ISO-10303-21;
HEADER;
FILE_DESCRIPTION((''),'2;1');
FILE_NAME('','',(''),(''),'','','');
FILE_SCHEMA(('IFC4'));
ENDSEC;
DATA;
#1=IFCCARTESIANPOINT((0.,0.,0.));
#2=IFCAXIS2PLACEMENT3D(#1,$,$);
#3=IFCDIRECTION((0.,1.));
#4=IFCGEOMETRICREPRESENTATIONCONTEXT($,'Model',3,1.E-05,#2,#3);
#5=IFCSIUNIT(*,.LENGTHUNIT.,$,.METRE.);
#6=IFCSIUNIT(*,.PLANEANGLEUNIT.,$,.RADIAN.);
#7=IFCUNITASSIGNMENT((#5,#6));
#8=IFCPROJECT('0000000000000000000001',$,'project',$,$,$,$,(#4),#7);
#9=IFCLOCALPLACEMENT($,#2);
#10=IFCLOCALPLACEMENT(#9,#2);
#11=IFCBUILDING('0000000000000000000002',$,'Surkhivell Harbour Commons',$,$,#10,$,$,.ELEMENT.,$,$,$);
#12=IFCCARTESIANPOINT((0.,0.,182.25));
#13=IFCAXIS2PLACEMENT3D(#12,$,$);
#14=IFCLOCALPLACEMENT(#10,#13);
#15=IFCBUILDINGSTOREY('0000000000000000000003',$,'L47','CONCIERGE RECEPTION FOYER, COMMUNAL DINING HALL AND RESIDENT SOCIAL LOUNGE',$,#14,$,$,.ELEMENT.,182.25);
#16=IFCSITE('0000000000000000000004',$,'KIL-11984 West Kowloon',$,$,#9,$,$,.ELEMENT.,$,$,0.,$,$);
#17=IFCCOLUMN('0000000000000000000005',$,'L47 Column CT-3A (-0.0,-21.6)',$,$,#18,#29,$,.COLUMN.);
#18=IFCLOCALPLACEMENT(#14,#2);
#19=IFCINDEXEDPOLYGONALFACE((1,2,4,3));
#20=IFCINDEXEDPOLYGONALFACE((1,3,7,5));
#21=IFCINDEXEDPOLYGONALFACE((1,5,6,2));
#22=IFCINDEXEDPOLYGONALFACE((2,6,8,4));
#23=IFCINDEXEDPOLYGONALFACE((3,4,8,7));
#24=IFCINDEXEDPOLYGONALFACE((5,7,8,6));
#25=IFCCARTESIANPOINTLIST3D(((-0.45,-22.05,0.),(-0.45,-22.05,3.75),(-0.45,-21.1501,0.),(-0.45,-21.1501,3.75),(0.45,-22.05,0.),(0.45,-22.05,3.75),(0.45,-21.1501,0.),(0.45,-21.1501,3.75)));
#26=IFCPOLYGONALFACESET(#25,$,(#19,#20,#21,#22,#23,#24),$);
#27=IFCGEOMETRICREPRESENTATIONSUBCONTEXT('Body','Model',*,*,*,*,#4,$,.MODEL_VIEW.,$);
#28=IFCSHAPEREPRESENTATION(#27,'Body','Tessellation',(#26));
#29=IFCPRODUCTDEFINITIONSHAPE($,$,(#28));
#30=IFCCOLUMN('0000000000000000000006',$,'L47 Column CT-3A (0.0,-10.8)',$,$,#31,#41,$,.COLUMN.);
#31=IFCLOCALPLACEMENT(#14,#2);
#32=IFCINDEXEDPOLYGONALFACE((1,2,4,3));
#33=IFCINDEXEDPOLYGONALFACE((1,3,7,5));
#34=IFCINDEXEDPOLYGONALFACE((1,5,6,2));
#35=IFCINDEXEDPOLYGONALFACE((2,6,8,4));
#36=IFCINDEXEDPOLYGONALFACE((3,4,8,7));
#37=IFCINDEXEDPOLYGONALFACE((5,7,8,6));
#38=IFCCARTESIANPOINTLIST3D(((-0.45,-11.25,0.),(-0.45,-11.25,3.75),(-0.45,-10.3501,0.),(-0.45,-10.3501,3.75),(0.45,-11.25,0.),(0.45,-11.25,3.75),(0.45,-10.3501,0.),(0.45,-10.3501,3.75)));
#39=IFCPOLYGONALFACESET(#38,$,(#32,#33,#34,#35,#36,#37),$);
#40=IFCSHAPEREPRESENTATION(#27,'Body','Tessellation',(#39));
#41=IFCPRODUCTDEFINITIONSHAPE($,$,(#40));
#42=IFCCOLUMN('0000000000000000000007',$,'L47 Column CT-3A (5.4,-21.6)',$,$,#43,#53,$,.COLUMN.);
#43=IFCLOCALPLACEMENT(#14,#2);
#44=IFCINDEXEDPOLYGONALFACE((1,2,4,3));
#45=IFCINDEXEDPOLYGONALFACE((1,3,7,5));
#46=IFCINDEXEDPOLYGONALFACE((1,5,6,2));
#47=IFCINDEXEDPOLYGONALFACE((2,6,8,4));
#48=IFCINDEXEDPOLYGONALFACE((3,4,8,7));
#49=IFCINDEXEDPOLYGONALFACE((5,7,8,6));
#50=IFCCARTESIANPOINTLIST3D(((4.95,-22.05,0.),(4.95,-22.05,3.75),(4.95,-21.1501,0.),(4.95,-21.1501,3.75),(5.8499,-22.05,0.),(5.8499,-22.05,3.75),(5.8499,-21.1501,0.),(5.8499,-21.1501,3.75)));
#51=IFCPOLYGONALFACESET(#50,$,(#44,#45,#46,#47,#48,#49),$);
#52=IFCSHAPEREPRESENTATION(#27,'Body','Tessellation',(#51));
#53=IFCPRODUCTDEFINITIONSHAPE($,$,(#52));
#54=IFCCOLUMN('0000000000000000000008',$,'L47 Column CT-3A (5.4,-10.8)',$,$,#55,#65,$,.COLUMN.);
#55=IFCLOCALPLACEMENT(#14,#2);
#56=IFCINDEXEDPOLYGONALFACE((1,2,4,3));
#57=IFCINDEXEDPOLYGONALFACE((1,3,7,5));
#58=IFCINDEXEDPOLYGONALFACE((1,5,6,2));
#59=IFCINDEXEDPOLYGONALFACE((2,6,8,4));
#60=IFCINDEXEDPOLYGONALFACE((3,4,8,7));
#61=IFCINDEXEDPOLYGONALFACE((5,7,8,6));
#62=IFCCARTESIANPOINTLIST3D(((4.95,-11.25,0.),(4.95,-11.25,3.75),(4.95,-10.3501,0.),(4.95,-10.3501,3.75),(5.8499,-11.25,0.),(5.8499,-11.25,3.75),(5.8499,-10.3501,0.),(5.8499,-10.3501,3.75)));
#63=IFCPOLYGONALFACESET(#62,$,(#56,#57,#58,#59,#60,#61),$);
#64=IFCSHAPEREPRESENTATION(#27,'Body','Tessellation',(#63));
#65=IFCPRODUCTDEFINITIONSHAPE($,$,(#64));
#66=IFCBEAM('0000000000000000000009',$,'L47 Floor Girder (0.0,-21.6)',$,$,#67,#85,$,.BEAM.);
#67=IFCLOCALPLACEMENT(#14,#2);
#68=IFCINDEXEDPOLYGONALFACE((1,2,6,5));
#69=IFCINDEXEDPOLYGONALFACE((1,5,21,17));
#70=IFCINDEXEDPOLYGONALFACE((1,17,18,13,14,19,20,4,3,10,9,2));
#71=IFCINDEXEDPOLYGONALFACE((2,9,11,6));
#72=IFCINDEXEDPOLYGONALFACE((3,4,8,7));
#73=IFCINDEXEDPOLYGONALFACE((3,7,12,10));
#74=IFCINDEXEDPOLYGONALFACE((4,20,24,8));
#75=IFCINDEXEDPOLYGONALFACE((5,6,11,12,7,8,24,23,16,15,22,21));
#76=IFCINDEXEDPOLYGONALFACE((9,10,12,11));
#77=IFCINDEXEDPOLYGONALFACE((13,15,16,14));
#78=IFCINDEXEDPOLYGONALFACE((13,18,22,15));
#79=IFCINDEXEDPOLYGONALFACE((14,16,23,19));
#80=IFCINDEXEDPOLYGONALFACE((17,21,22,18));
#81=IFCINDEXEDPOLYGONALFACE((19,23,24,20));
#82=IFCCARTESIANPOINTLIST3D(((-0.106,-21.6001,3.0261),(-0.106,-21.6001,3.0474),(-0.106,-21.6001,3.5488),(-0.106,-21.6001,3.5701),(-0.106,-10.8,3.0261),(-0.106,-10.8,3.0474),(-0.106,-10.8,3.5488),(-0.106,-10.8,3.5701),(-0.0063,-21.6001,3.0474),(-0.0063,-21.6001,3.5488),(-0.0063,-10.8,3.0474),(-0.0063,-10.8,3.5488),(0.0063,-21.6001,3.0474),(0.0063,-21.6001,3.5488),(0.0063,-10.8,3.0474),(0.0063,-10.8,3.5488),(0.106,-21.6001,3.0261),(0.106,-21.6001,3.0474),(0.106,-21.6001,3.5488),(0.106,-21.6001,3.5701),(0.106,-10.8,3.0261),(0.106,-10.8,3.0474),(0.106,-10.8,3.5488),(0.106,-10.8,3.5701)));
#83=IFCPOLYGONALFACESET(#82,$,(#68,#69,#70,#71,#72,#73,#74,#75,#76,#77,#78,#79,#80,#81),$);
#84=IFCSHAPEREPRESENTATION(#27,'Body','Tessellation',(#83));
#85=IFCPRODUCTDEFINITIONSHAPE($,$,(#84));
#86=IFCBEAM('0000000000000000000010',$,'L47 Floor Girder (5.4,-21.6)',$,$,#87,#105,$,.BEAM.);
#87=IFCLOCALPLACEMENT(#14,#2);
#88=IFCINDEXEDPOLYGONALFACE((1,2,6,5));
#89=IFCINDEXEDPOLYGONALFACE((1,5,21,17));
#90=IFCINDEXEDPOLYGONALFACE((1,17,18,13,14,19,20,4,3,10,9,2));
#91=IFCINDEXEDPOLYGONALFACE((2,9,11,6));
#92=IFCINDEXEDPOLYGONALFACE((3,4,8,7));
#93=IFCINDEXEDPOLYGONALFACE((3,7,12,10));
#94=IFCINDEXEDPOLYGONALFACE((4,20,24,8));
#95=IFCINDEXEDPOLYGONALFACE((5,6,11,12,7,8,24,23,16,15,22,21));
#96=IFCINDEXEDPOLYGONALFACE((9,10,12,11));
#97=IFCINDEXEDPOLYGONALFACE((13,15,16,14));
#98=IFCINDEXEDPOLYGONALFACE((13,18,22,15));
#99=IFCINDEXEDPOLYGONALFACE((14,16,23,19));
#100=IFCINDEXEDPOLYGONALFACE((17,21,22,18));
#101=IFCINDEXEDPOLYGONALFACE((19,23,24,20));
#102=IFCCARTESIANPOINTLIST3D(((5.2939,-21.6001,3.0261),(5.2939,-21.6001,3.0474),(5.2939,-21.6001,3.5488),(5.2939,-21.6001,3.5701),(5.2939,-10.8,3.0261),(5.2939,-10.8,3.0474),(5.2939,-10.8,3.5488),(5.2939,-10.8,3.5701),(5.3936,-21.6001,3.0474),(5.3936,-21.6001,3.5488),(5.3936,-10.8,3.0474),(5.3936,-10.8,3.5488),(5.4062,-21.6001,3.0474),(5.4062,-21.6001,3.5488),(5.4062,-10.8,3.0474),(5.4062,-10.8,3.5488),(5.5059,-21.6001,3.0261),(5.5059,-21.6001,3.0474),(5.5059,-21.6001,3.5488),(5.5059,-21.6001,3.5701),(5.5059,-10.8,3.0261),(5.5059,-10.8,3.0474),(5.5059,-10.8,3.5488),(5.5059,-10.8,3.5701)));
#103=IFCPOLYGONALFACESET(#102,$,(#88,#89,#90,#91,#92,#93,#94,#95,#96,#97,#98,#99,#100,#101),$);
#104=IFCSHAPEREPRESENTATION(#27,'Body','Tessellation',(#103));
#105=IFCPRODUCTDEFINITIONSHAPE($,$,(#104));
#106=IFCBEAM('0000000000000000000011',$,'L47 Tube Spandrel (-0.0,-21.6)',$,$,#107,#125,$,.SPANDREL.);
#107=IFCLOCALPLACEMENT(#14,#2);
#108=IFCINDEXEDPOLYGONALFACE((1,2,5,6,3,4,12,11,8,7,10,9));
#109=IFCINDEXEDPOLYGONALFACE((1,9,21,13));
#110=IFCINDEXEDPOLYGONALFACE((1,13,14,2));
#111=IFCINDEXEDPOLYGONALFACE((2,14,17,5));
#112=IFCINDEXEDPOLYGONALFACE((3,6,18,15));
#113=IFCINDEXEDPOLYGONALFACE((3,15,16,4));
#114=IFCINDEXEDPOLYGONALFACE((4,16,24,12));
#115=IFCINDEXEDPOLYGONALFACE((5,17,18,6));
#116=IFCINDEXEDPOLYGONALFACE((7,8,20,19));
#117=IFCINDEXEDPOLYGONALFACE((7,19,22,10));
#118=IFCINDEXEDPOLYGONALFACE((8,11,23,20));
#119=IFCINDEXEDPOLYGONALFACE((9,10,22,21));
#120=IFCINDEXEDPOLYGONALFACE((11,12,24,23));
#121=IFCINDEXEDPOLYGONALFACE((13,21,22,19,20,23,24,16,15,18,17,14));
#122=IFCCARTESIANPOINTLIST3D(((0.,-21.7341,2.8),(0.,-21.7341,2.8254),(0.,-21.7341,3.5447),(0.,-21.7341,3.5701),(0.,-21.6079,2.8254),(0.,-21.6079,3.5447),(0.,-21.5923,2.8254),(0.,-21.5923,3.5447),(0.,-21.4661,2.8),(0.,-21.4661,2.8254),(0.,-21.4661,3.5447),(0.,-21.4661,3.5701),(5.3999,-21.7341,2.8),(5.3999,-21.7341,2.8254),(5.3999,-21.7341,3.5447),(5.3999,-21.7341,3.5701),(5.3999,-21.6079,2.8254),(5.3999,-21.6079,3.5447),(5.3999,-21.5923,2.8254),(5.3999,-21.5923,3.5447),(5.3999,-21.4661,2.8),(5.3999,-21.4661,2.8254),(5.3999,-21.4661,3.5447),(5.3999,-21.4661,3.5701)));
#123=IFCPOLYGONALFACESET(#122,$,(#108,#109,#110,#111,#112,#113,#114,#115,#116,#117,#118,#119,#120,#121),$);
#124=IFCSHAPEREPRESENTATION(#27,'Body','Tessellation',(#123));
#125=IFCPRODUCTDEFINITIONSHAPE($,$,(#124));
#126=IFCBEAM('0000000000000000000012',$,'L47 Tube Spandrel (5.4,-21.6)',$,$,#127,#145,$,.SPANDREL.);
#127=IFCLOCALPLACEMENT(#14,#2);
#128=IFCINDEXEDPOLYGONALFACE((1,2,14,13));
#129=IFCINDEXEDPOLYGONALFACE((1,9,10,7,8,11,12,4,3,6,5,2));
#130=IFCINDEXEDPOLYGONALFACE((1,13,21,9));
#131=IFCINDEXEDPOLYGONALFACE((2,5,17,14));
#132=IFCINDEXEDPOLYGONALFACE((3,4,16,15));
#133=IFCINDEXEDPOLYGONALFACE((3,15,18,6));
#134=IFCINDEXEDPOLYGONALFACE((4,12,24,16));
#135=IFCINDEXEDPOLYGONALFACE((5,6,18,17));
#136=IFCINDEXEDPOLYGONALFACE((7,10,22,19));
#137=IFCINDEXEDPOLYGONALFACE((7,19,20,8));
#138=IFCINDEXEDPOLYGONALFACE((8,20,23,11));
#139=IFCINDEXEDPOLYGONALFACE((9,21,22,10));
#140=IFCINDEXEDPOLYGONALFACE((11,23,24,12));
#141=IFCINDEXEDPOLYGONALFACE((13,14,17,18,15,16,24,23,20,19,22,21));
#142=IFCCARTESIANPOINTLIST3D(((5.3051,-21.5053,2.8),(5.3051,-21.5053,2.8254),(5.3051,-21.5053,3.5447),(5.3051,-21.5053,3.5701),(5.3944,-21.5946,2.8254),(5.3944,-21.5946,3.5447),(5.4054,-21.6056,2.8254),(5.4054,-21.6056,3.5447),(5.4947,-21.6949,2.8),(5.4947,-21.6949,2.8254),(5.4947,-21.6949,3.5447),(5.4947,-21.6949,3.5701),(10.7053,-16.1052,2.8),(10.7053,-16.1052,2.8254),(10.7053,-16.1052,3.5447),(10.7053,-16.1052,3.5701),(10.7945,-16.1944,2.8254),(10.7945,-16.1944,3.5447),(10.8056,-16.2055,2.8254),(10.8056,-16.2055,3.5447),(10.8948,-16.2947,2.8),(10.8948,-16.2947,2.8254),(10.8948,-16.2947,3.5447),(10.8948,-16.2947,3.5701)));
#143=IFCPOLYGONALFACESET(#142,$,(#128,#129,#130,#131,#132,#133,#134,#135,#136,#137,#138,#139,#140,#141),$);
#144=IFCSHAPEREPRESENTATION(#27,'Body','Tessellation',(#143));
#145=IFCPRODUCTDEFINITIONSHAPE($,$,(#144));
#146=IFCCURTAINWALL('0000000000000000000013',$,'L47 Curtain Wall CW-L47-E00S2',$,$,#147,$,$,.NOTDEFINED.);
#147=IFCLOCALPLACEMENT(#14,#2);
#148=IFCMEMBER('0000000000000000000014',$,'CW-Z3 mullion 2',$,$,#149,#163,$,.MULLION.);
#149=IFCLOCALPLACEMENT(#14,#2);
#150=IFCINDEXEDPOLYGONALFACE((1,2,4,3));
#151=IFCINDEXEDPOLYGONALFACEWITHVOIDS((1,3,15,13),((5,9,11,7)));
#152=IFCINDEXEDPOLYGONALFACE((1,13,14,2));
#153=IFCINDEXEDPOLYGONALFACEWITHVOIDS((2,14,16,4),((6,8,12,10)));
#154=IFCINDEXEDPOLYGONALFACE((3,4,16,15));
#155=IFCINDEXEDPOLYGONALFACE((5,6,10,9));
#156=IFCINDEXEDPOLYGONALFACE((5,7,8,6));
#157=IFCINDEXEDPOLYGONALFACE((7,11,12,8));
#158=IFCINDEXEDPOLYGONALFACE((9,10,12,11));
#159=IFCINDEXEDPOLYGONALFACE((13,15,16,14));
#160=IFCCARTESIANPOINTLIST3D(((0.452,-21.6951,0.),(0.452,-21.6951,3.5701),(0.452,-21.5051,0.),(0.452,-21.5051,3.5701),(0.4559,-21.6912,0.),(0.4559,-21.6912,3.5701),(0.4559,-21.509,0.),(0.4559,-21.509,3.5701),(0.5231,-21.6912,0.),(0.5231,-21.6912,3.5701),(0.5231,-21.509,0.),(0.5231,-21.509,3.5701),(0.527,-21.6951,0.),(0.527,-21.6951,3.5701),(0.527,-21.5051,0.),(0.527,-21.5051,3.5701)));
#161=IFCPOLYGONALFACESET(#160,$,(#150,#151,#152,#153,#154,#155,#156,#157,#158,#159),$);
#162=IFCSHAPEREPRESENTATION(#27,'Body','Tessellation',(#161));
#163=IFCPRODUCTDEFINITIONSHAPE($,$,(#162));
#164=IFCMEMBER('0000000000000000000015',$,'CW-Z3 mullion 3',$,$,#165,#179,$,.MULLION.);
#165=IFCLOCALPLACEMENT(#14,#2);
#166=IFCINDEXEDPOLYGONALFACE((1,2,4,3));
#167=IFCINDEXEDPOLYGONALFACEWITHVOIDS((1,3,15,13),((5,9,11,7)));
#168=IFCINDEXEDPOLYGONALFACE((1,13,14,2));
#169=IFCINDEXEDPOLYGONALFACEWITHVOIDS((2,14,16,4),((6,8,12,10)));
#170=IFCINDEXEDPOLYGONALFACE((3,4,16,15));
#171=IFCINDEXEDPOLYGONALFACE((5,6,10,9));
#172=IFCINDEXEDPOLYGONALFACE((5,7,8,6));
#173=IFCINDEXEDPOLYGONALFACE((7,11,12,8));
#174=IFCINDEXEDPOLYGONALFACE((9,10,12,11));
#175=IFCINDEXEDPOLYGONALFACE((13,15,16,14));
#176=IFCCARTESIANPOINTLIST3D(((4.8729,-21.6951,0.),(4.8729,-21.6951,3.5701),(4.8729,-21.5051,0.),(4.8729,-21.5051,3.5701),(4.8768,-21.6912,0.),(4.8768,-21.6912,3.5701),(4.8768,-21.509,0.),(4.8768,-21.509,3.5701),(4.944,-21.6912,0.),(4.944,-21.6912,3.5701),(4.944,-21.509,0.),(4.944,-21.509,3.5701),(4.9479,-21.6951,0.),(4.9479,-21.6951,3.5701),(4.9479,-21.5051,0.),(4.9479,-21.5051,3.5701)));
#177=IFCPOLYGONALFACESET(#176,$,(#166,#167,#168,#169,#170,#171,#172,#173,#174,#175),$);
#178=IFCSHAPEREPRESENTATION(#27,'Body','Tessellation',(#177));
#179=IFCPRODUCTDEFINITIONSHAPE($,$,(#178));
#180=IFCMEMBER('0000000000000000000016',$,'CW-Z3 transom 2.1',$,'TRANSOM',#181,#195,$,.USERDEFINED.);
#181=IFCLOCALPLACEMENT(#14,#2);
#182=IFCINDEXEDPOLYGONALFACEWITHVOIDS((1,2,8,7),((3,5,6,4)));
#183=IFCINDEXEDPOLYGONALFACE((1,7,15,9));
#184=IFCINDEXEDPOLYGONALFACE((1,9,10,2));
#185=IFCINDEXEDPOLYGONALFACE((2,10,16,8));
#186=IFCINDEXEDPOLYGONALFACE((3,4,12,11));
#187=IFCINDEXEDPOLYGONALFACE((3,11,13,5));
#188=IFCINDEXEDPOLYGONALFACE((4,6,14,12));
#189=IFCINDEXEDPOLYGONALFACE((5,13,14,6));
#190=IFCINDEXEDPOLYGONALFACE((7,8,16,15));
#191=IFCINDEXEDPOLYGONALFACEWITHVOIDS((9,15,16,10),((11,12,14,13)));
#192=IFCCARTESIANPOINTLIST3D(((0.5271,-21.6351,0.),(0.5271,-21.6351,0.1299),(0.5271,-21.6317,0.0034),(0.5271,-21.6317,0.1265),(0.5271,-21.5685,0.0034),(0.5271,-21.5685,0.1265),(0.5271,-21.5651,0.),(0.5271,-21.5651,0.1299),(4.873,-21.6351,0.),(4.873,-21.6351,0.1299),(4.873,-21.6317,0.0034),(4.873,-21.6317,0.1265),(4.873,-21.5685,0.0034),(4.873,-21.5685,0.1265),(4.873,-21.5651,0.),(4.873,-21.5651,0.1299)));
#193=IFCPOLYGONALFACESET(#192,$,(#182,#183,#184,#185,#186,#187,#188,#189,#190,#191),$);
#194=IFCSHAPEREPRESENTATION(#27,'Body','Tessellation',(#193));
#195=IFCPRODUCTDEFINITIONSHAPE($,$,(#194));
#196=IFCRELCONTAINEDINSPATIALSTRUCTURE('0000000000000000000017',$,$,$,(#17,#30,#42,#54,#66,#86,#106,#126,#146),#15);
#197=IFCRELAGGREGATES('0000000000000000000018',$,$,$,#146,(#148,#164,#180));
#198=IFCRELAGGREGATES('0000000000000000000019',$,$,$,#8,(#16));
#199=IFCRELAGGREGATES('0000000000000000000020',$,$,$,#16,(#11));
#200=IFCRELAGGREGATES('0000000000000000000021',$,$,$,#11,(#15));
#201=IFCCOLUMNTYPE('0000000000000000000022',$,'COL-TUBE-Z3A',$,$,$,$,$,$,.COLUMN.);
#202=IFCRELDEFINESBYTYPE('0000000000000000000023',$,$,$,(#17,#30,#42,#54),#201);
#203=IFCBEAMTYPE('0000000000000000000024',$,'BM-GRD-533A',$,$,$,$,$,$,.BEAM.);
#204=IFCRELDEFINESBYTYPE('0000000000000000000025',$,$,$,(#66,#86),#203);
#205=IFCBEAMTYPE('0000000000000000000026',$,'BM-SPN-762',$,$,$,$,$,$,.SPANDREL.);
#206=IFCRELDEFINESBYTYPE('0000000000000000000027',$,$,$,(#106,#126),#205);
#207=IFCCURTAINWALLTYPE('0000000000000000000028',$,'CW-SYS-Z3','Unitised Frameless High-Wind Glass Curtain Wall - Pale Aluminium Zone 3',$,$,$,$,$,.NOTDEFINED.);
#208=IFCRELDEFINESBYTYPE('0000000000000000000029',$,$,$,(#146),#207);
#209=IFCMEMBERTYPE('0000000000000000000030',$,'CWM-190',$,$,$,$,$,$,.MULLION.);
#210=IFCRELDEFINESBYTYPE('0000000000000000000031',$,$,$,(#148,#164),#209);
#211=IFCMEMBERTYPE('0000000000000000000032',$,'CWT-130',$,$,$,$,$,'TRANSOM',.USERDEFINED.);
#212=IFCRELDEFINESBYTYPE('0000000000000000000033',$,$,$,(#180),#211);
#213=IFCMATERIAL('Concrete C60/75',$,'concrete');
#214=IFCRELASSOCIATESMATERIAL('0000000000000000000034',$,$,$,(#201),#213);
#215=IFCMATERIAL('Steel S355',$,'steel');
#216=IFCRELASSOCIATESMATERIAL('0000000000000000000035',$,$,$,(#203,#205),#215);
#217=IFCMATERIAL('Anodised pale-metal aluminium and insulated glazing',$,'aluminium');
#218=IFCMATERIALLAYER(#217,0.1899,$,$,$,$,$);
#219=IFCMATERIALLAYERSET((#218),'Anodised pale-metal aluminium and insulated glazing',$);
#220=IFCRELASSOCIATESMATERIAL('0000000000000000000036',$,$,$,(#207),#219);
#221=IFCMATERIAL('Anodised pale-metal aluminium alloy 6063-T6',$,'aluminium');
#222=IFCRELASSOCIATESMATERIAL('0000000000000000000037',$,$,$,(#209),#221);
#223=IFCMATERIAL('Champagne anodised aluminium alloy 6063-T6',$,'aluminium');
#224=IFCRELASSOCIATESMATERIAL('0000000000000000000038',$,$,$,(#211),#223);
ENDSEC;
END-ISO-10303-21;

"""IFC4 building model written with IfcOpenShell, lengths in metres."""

from ifc_helpers import new_model, si_unit, direction, frame, origin, origin_2d, place, context, subcontext, project, spatial, rectangle, hollow_rectangle, i_section, extrude, material, layer, layer_set, material_profile, profile_set, type_object, element, aggregate, save


model = new_model("IFC4")

# Units and contexts
model_context = context("Model", 3, precision=1e-05, world=origin(), true_north=direction((0.0, 1.0)))
body_context = subcontext(model_context, "Body", "Model", "MODEL_VIEW")
ifc_project = project(units=[si_unit("LENGTHUNIT", "METRE"), si_unit("PLANEANGLEUNIT", "RADIAN")], contexts=[model_context])

# Site, building, storey
site_placement = place(None, origin())
site = spatial("IfcSite", under=ifc_project, at=site_placement, Name="KIL-11984 West Kowloon", CompositionType="ELEMENT", RefElevation=0.0)
building_placement = place(site_placement, origin())
building = spatial("IfcBuilding", under=site, at=building_placement, Name="Surkhivell Harbour Commons", CompositionType="ELEMENT")
storey_placement = place(building_placement, frame((0.0, 0.0, 182.25)))
storey = spatial("IfcBuildingStorey", under=building, at=storey_placement, Name="L47", Description="CONCIERGE RECEPTION FOYER, COMMUNAL DINING HALL AND RESIDENT SOCIAL LOUNGE", CompositionType="ELEMENT", Elevation=182.25)

# Columns
ifc_material_1 = material(Name="Concrete C60/75", Category="concrete")
ifc_material_profile_1 = material_profile(ifc_material_1, rectangle(XDim=0.8999, YDim=0.8999, at=origin_2d()), Name="RC-COL-900x900")
ifc_profile_set_1 = profile_set([ifc_material_profile_1], Name="Concrete C60/75")
column_type = type_object("IfcColumnType", Name="COL-TUBE-Z3A", PredefinedType="COLUMN", material=ifc_profile_set_1)
for number, where, z_axis, x_axis, name in (
    (1, (0.0, -21.6001, 0.0), (0.0, 0.0, 1.0), (1.0, 0.0, 0.0), "L47 Column CT-3A (-0.0,-21.6)"),
    (2, (0.0, -10.8, 0.0), (0.0, 0.0, 1.0), (1.0, 0.0, 0.0), "L47 Column CT-3A (0.0,-10.8)"),
    (3, (5.3999, -21.6001, 0.0), (0.0, 0.0, 1.0), (1.0, 0.0, 0.0), "L47 Column CT-3A (5.4,-21.6)"),
    (4, (5.3999, -10.8, 0.0), (0.0, 0.0, 1.0), (1.0, 0.0, 0.0), "L47 Column CT-3A (5.4,-10.8)"),
):
    element("IfcColumn", number, at=place(storey_placement, frame(where, z_axis=z_axis, x_axis=x_axis)), inside=storey, type_object=column_type, Name=name, PredefinedType="COLUMN", context=body_context, shape_type="SweptSolid", body=[
        extrude(rectangle(XDim=0.8999, YDim=0.8999, at=origin_2d()), origin(), (0.0, 0.0, 1.0), 3.75),
    ])

# Beams
ifc_material_2 = material(Name="Steel S355", Category="steel")
ifc_material_profile_2 = material_profile(ifc_material_2, i_section(OverallWidth=0.2119, OverallDepth=0.5439, WebThickness=0.0127, FlangeThickness=0.0212, at=origin_2d()), Name="UB533x210x122")
ifc_profile_set_2 = profile_set([ifc_material_profile_2], Name="Steel S355")
beam_type_1 = type_object("IfcBeamType", Name="BM-GRD-533A", PredefinedType="BEAM", material=ifc_profile_set_2)
for number, where, z_axis, x_axis, name in (
    (5, (0.0, -21.6001, 3.2981), (0.0, 1.0, 0.0), (-1.0, 0.0, 0.0), "L47 Floor Girder (0.0,-21.6)"),
    (6, (5.3999, -21.6001, 3.2981), (0.0, 1.0, 0.0), (-1.0, 0.0, 0.0), "L47 Floor Girder (5.4,-21.6)"),
):
    element("IfcBeam", number, at=place(storey_placement, frame(where, z_axis=z_axis, x_axis=x_axis)), inside=storey, type_object=beam_type_1, Name=name, PredefinedType="BEAM", context=body_context, shape_type="SweptSolid", body=[
        extrude(i_section(OverallWidth=0.2119, OverallDepth=0.5439, WebThickness=0.0127, FlangeThickness=0.0212, at=origin_2d()), origin(), (0.0, 0.0, 1.0), 10.8),
    ])
ifc_material_profile_3 = material_profile(ifc_material_2, i_section(OverallWidth=0.2681, OverallDepth=0.77, WebThickness=0.0156, FlangeThickness=0.0254, at=origin_2d()), Name="UB762x267x197")
ifc_profile_set_3 = profile_set([ifc_material_profile_3], Name="Steel S355")
beam_type_2 = type_object("IfcBeamType", Name="BM-SPN-762", PredefinedType="SPANDREL", material=ifc_profile_set_3)
beam_1_placement = place(storey_placement, frame((0.0, -21.6001, 3.1851), z_axis=(1.0, 0.0, 0.0), x_axis=(0.0, 1.0, 0.0)))
element("IfcBeam", 7, at=beam_1_placement, inside=storey, type_object=beam_type_2, Name="L47 Tube Spandrel (-0.0,-21.6)", PredefinedType="SPANDREL", context=body_context, shape_type="SweptSolid", body=[
    extrude(i_section(OverallWidth=0.2681, OverallDepth=0.77, WebThickness=0.0156, FlangeThickness=0.0254, at=origin_2d()), origin(), (0.0, 0.0, 1.0), 5.3999),
])
beam_2_placement = place(storey_placement, frame((5.3999, -21.6001, 3.1851), z_axis=(0.707107, 0.707107, 0.0), x_axis=(-0.707107, 0.707107, 0.0)))
element("IfcBeam", 8, at=beam_2_placement, inside=storey, type_object=beam_type_2, Name="L47 Tube Spandrel (5.4,-21.6)", PredefinedType="SPANDREL", context=body_context, shape_type="SweptSolid", body=[
    extrude(i_section(OverallWidth=0.2681, OverallDepth=0.77, WebThickness=0.0156, FlangeThickness=0.0254, at=origin_2d()), origin(), (0.0, 0.0, 1.0), 7.637),
])

# Curtain wall, members
ifc_material_3 = material(Name="Anodised pale-metal aluminium and insulated glazing", Category="aluminium")
ifc_layer_1 = layer(ifc_material_3, 0.1899)
ifc_layer_set_1 = layer_set([ifc_layer_1], Name="Anodised pale-metal aluminium and insulated glazing")
curtain_wall_type = type_object("IfcCurtainWallType", Name="CW-SYS-Z3", Description="Unitised Frameless High-Wind Glass Curtain Wall - Pale Aluminium Zone 3", PredefinedType="NOTDEFINED", material=ifc_layer_set_1)
curtain_wall_placement = place(storey_placement, origin())
curtain_wall = element("IfcCurtainWall", 9, at=curtain_wall_placement, inside=storey, type_object=curtain_wall_type, Name="L47 Curtain Wall CW-L47-E00S2", PredefinedType="NOTDEFINED")
ifc_material_4 = material(Name="Anodised pale-metal aluminium alloy 6063-T6", Category="aluminium")
ifc_material_profile_4 = material_profile(ifc_material_4, hollow_rectangle(XDim=0.075, YDim=0.1899, WallThickness=0.0039, at=origin_2d()), Name="ALU-MULL-75x190")
ifc_profile_set_4 = profile_set([ifc_material_profile_4], Name="Anodised pale-metal aluminium alloy 6063-T6")
member_type_1 = type_object("IfcMemberType", Name="CWM-190", PredefinedType="MULLION", material=ifc_profile_set_4)
member_1_placement = place(storey_placement, frame((0.4895, -21.6001, 0.0), z_axis=(0.0, 0.0, 1.0), x_axis=(1.0, 0.0, 0.0)))
member_1 = element("IfcMember", 10, at=member_1_placement, type_object=member_type_1, Name="CW-Z3 mullion 2", PredefinedType="MULLION", context=body_context, shape_type="SweptSolid", body=[
    extrude(hollow_rectangle(XDim=0.075, YDim=0.1899, WallThickness=0.0039, at=origin_2d()), origin(), (0.0, 0.0, 1.0), 3.5701),
])
member_2_placement = place(storey_placement, frame((4.9104, -21.6001, 0.0), z_axis=(0.0, 0.0, 1.0), x_axis=(1.0, 0.0, 0.0)))
member_2 = element("IfcMember", 11, at=member_2_placement, type_object=member_type_1, Name="CW-Z3 mullion 3", PredefinedType="MULLION", context=body_context, shape_type="SweptSolid", body=[
    extrude(hollow_rectangle(XDim=0.075, YDim=0.1899, WallThickness=0.0039, at=origin_2d()), origin(), (0.0, 0.0, 1.0), 3.5701),
])
ifc_material_5 = material(Name="Champagne anodised aluminium alloy 6063-T6", Category="aluminium")
ifc_material_profile_5 = material_profile(ifc_material_5, hollow_rectangle(XDim=0.0701, YDim=0.1299, WallThickness=0.0034, at=origin_2d()), Name="ALU-TRAN-70x130")
ifc_profile_set_5 = profile_set([ifc_material_profile_5], Name="Champagne anodised aluminium alloy 6063-T6")
member_type_2 = type_object("IfcMemberType", Name="CWT-130", ElementType="TRANSOM", PredefinedType="USERDEFINED", material=ifc_profile_set_5)
member_3_placement = place(storey_placement, frame((0.5271, -21.6001, 0.0649), z_axis=(1.0, 0.0, 0.0), x_axis=(0.0, 1.0, 0.0)))
member_3 = element("IfcMember", 12, at=member_3_placement, type_object=member_type_2, Name="CW-Z3 transom 2.1", ObjectType="TRANSOM", PredefinedType="USERDEFINED", context=body_context, shape_type="SweptSolid", body=[
    extrude(hollow_rectangle(XDim=0.0701, YDim=0.1299, WallThickness=0.0034, at=origin_2d()), origin(), (0.0, 0.0, 1.0), 4.3459),
])
aggregate(curtain_wall, [member_1, member_2, member_3])

save(model, "model.ifc")
